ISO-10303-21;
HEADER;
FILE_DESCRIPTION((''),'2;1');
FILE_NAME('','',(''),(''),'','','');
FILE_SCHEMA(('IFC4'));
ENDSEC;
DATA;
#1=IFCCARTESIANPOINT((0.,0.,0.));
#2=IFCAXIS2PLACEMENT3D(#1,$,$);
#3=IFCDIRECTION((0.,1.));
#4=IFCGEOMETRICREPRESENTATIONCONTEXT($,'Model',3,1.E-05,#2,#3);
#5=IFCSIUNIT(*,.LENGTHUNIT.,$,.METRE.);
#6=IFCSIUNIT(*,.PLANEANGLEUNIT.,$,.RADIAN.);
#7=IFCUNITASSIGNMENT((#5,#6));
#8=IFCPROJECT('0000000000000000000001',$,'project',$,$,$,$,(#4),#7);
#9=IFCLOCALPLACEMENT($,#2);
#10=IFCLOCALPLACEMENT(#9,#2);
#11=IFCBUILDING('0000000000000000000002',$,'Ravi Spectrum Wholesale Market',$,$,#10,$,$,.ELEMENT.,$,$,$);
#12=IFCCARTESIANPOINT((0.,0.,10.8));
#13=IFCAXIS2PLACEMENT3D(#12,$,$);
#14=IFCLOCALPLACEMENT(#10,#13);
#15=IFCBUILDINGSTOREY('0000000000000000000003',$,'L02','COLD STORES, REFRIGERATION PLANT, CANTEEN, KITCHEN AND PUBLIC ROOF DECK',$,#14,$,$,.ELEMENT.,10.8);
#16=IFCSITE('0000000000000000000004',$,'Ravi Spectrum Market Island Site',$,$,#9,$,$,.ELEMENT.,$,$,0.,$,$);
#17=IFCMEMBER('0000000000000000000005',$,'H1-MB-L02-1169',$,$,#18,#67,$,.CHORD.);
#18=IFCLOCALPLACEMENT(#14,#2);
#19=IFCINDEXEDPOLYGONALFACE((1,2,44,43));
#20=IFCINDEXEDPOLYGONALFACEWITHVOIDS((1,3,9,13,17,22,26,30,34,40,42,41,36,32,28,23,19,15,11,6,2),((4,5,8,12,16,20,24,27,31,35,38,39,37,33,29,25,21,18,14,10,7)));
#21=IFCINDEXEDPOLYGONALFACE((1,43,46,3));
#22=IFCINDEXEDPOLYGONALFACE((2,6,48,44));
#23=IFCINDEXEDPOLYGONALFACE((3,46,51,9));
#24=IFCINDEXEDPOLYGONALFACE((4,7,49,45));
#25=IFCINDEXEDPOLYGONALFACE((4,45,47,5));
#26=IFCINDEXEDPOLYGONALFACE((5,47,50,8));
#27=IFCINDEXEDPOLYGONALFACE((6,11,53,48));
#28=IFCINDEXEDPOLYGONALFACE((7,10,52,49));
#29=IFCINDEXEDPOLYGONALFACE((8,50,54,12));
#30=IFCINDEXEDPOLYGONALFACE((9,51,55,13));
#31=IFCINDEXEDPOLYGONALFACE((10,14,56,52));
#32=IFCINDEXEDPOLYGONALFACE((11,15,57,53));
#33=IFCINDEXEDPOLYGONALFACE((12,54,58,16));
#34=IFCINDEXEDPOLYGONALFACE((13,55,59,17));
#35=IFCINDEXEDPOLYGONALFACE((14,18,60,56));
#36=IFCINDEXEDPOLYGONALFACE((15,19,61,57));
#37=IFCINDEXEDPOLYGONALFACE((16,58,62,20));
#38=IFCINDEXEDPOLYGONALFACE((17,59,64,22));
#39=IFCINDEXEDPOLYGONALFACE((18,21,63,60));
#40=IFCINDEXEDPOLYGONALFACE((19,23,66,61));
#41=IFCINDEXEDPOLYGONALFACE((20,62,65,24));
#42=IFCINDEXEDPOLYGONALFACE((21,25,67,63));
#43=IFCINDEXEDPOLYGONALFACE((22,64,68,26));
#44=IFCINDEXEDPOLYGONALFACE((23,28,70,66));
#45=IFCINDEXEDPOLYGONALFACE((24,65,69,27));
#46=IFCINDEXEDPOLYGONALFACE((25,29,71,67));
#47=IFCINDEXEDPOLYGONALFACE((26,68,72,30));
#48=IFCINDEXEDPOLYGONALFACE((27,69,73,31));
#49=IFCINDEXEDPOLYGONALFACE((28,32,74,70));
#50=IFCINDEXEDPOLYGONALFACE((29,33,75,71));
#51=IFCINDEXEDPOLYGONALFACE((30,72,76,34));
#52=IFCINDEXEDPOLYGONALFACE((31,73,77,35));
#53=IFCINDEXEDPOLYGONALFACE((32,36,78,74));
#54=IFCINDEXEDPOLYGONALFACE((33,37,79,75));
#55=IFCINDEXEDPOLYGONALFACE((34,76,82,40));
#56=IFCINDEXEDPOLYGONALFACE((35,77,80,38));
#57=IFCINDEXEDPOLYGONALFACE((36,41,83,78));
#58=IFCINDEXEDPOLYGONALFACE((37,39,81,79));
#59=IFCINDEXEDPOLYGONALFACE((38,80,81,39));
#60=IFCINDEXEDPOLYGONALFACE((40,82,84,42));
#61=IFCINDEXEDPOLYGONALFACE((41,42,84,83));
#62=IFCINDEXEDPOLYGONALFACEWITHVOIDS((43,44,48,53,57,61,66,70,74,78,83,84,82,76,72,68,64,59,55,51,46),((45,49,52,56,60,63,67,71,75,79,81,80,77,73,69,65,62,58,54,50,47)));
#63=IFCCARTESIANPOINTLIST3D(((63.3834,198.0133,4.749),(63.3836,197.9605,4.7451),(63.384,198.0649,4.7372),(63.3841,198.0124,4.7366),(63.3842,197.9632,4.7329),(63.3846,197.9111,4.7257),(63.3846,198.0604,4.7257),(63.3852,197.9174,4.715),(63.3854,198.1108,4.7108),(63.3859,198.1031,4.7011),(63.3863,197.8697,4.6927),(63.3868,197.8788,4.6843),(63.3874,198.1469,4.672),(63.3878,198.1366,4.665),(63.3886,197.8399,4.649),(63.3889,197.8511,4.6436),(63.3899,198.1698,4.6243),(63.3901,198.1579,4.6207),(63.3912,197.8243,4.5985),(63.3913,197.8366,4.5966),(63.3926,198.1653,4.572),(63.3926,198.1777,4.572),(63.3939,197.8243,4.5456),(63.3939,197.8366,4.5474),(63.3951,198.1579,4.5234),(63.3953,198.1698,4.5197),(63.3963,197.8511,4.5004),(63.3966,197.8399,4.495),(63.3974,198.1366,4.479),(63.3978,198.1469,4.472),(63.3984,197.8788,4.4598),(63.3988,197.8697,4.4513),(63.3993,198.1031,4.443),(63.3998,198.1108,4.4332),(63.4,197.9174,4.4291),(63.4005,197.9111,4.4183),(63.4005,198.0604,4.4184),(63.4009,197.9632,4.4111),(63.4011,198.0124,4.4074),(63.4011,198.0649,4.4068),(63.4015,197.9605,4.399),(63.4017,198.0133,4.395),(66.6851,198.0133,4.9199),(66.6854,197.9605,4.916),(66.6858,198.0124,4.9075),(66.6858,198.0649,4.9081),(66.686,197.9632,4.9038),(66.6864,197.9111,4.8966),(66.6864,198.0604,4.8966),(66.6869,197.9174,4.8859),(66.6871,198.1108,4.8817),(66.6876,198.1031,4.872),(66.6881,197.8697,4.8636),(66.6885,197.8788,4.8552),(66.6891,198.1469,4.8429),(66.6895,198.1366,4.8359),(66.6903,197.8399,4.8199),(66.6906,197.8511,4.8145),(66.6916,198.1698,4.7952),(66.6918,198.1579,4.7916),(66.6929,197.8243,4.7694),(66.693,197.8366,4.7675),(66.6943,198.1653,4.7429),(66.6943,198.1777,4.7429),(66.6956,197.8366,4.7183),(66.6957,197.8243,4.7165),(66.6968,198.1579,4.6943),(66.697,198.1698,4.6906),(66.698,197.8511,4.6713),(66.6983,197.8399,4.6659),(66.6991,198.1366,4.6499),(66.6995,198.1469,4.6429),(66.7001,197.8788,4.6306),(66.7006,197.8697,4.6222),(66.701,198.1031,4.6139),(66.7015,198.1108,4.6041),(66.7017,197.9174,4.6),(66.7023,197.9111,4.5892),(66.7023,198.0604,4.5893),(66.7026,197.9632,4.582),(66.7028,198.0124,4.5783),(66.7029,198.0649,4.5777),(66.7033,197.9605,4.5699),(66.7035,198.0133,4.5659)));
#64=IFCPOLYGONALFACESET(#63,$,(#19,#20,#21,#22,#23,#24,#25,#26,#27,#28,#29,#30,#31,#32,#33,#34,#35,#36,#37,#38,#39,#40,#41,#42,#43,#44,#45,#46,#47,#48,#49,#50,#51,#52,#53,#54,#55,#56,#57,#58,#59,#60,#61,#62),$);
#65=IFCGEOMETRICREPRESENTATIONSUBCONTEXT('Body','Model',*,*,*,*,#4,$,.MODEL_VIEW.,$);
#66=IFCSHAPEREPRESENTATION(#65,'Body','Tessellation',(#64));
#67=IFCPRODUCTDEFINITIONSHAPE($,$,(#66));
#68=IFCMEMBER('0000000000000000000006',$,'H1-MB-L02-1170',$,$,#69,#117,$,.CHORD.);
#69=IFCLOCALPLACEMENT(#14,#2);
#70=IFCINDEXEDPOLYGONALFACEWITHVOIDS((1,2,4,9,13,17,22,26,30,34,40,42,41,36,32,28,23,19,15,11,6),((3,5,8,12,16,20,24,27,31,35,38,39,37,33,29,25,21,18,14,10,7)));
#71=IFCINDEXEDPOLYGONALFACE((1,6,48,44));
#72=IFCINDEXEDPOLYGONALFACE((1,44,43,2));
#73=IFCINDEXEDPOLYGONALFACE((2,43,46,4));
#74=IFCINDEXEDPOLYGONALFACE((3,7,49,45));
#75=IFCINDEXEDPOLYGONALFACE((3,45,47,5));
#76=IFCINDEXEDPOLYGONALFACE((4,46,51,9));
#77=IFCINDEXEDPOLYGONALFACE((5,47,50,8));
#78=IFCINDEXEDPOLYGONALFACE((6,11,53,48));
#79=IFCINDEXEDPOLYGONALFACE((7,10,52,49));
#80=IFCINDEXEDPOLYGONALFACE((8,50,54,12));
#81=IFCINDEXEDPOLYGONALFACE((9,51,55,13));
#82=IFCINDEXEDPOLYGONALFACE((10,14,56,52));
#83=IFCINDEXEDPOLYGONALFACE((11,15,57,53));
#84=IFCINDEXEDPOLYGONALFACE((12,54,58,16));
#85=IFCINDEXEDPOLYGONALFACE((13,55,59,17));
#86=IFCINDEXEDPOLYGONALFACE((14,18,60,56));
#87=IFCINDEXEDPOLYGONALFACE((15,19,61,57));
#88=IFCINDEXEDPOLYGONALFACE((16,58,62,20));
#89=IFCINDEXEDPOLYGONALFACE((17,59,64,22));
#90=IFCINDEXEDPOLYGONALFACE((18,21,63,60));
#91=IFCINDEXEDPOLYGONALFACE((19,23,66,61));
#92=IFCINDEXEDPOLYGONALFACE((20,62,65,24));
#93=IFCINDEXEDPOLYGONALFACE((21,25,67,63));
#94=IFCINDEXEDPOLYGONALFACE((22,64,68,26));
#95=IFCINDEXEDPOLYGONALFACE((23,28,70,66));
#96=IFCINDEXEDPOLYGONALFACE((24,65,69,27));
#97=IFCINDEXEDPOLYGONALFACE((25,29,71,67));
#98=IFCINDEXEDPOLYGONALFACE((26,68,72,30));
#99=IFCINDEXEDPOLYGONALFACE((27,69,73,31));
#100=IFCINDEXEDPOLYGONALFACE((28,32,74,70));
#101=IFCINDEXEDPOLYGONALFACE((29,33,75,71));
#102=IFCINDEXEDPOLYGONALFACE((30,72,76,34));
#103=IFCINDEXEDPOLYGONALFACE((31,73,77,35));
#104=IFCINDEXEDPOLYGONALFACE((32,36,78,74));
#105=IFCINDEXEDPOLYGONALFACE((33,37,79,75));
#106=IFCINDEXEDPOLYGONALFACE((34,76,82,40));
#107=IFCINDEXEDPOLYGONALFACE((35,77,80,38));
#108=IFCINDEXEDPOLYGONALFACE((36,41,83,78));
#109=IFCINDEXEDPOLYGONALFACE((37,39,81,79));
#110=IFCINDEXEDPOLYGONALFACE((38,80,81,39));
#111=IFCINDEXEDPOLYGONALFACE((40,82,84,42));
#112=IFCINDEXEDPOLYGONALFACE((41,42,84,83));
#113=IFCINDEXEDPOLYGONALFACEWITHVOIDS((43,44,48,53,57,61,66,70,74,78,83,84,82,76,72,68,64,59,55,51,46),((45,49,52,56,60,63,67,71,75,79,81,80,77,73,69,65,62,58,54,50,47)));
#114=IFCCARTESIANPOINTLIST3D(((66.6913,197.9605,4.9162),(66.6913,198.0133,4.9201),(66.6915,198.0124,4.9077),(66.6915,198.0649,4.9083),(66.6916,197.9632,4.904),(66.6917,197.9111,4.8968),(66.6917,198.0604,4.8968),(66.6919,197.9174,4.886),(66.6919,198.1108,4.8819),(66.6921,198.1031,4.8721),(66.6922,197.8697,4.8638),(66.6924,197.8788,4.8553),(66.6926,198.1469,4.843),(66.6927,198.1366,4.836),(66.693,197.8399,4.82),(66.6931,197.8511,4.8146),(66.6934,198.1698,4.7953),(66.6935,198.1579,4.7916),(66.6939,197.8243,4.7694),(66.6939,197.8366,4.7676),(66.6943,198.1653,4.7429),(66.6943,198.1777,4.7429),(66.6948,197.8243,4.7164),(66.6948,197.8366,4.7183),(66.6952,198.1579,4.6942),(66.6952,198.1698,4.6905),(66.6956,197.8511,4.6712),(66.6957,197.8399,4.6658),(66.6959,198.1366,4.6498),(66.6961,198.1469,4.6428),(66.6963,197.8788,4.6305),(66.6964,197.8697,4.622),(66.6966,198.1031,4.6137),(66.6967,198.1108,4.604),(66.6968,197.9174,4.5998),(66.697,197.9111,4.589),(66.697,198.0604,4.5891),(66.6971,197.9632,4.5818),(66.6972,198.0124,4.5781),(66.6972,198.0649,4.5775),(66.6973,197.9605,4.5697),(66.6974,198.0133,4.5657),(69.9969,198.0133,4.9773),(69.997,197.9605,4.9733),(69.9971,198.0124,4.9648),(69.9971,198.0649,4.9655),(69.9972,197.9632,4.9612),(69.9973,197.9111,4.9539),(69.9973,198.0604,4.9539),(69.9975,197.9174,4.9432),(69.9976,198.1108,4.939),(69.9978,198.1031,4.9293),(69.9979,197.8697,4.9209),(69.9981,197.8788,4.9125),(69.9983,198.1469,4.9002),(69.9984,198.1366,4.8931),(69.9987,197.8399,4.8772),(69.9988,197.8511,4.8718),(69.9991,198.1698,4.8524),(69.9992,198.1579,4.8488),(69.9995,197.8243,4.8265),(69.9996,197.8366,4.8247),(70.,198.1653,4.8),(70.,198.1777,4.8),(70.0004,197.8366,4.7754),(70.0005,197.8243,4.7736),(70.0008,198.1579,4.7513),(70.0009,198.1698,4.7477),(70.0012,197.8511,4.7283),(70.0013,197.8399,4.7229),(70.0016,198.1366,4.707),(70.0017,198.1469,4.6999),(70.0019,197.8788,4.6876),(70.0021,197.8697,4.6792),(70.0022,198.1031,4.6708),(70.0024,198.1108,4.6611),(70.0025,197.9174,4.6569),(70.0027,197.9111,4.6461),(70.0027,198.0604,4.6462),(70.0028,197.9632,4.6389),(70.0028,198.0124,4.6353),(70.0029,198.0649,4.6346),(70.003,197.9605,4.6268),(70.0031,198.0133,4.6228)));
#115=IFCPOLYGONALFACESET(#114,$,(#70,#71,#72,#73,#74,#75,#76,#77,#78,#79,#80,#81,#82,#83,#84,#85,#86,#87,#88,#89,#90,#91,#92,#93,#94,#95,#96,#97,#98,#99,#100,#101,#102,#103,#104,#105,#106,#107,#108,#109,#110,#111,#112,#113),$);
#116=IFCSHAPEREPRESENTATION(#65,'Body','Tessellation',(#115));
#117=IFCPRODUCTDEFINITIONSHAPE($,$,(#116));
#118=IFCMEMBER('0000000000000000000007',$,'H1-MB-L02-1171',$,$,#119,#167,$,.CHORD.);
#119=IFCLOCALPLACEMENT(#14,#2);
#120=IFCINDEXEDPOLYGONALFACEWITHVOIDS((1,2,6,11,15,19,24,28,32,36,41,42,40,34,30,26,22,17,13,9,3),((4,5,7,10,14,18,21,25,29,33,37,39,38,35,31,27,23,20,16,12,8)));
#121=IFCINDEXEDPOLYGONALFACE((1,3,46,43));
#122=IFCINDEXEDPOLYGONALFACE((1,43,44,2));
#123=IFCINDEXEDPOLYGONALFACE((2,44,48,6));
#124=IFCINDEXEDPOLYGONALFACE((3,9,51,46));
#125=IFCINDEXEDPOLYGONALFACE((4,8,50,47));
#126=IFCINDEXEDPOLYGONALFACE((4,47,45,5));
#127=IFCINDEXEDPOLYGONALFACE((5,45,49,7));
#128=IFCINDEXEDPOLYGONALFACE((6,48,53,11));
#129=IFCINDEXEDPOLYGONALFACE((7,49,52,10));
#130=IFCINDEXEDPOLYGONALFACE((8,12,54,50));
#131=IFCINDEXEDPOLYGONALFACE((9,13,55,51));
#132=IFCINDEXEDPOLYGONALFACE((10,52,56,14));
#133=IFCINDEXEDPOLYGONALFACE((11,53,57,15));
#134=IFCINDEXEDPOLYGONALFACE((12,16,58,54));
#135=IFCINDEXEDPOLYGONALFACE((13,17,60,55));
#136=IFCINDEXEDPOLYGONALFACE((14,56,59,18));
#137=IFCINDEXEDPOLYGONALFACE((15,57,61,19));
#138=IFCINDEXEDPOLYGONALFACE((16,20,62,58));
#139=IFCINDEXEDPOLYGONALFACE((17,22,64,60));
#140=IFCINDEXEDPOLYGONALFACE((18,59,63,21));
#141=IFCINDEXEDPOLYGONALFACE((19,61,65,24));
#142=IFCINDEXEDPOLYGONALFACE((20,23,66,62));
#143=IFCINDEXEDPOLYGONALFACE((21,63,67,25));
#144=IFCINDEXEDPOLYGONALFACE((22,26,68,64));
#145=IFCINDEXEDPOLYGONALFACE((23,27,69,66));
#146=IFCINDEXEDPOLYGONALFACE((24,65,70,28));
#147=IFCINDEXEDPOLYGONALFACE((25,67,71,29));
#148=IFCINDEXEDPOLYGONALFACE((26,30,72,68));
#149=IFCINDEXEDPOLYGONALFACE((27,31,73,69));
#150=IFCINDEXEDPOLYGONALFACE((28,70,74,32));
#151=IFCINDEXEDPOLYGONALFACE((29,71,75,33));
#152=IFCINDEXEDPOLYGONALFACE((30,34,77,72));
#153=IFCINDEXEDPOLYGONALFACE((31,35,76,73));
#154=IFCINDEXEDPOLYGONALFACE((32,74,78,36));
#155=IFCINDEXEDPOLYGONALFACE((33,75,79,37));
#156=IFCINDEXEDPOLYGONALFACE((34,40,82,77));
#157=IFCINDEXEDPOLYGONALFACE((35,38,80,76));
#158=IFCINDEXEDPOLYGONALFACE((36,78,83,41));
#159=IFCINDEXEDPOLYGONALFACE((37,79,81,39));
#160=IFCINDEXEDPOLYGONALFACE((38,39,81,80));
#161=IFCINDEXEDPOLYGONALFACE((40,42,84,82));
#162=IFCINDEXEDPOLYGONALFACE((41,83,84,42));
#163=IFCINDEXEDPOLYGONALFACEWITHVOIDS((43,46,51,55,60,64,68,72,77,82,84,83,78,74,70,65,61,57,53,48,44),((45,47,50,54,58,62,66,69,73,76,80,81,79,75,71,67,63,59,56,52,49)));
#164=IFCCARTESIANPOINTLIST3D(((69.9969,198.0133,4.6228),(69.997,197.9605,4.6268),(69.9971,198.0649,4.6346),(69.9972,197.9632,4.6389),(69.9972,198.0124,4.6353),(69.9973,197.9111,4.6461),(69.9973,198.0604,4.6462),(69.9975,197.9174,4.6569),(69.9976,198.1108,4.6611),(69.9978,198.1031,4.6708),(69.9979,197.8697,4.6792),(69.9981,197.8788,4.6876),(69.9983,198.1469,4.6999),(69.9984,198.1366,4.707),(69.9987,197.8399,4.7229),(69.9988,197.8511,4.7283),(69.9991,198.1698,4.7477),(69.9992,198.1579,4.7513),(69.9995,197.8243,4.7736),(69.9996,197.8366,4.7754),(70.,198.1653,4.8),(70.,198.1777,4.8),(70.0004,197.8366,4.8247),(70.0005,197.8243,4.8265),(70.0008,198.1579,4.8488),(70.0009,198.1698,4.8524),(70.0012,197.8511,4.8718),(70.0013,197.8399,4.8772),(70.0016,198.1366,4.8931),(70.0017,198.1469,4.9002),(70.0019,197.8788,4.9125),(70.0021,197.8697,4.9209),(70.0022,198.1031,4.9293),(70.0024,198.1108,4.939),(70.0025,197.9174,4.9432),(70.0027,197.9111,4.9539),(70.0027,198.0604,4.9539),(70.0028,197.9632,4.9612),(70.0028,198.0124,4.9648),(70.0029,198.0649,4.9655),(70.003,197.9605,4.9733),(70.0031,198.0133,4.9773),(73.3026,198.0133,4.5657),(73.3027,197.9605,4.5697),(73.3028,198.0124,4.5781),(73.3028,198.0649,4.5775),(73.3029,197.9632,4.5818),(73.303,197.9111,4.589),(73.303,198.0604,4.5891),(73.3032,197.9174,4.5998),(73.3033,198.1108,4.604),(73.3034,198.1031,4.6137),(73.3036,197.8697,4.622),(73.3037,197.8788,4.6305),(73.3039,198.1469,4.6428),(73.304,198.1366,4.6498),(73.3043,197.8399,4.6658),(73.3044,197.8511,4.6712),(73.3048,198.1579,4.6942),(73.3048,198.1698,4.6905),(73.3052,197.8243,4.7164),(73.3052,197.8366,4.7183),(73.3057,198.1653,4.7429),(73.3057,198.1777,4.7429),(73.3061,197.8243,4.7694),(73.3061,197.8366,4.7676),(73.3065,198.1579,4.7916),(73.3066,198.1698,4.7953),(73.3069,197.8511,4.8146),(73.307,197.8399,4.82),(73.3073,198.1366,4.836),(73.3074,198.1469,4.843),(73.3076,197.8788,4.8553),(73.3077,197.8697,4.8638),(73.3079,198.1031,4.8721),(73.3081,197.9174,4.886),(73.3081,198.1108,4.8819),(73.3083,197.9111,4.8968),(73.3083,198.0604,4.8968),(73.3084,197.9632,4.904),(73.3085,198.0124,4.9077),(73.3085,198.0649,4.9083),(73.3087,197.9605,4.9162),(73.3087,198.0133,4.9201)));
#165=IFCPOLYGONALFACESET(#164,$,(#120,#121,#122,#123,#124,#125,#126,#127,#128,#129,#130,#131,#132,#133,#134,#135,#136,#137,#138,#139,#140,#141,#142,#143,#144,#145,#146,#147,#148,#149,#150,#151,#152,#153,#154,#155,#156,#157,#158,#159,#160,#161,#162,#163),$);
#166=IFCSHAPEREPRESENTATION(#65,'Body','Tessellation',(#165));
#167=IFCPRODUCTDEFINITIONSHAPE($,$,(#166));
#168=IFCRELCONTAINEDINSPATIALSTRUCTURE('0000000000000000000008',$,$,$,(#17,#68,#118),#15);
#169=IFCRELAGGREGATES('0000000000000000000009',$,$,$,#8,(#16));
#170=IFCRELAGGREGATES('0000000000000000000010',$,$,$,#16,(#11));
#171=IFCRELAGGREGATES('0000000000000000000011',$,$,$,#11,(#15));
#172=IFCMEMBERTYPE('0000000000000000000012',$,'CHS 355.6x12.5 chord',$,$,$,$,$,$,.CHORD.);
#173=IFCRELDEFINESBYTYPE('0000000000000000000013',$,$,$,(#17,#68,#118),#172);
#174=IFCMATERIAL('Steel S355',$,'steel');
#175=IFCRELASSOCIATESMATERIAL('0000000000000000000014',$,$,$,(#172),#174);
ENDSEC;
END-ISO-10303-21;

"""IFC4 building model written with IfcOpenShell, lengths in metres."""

from ifc_helpers import new_model, si_unit, direction, frame, origin, origin_2d, place, context, subcontext, project, spatial, hollow_circle, extrude, material, material_profile, profile_set, type_object, element, save


model = new_model("IFC4")

# Units and contexts
model_context = context("Model", 3, precision=1e-05, world=origin(), true_north=direction((0.0, 1.0)))
body_context = subcontext(model_context, "Body", "Model", "MODEL_VIEW")
ifc_project = project(units=[si_unit("LENGTHUNIT", "METRE"), si_unit("PLANEANGLEUNIT", "RADIAN")], contexts=[model_context])

# Site, building, storey
site_placement = place(None, origin())
site = spatial("IfcSite", under=ifc_project, at=site_placement, Name="Ravi Spectrum Market Island Site", CompositionType="ELEMENT", RefElevation=0.0)
building_placement = place(site_placement, origin())
building = spatial("IfcBuilding", under=site, at=building_placement, Name="Ravi Spectrum Wholesale Market", CompositionType="ELEMENT")
storey_placement = place(building_placement, frame((0.0, 0.0, 10.8)))
storey = spatial("IfcBuildingStorey", under=building, at=storey_placement, Name="L02", Description="COLD STORES, REFRIGERATION PLANT, CANTEEN, KITCHEN AND PUBLIC ROOF DECK", CompositionType="ELEMENT", Elevation=10.8)

# Members
ifc_material_1 = material(Name="Steel S355", Category="steel")
ifc_material_profile_1 = material_profile(ifc_material_1, hollow_circle(Radius=0.1777, WallThickness=0.0125, at=origin_2d()))
ifc_profile_set_1 = profile_set([ifc_material_profile_1], Name="Steel S355")
member_type_1 = type_object("IfcMemberType", Name="CHS 355.6x12.5 chord", PredefinedType="CHORD", material=ifc_profile_set_1)
for number, where, z_axis, x_axis, name in (
    (1, (63.3926, 198.0, 4.572), (0.998663, 0.0, 0.051691), (0.0, 1.0, 0.0), "H1-MB-L02-1169"),
    (2, (66.6943, 198.0, 4.7429), (0.999851, 0.0, 0.01728), (0.0, 1.0, 0.0), "H1-MB-L02-1170"),
    (3, (70.0, 198.0, 4.8), (0.999851, 0.0, -0.01728), (0.0, 1.0, 0.0), "H1-MB-L02-1171"),
):
    element("IfcMember", number, at=place(storey_placement, frame(where, z_axis=z_axis, x_axis=x_axis)), inside=storey, type_object=member_type_1, Name=name, PredefinedType="CHORD", context=body_context, shape_type="SweptSolid", body=[
        extrude(hollow_circle(Radius=0.1777, WallThickness=0.0125, at=origin_2d()), origin(), (0.0, 0.0, 1.0), 3.3062),
    ])

save(model, "model.ifc")
